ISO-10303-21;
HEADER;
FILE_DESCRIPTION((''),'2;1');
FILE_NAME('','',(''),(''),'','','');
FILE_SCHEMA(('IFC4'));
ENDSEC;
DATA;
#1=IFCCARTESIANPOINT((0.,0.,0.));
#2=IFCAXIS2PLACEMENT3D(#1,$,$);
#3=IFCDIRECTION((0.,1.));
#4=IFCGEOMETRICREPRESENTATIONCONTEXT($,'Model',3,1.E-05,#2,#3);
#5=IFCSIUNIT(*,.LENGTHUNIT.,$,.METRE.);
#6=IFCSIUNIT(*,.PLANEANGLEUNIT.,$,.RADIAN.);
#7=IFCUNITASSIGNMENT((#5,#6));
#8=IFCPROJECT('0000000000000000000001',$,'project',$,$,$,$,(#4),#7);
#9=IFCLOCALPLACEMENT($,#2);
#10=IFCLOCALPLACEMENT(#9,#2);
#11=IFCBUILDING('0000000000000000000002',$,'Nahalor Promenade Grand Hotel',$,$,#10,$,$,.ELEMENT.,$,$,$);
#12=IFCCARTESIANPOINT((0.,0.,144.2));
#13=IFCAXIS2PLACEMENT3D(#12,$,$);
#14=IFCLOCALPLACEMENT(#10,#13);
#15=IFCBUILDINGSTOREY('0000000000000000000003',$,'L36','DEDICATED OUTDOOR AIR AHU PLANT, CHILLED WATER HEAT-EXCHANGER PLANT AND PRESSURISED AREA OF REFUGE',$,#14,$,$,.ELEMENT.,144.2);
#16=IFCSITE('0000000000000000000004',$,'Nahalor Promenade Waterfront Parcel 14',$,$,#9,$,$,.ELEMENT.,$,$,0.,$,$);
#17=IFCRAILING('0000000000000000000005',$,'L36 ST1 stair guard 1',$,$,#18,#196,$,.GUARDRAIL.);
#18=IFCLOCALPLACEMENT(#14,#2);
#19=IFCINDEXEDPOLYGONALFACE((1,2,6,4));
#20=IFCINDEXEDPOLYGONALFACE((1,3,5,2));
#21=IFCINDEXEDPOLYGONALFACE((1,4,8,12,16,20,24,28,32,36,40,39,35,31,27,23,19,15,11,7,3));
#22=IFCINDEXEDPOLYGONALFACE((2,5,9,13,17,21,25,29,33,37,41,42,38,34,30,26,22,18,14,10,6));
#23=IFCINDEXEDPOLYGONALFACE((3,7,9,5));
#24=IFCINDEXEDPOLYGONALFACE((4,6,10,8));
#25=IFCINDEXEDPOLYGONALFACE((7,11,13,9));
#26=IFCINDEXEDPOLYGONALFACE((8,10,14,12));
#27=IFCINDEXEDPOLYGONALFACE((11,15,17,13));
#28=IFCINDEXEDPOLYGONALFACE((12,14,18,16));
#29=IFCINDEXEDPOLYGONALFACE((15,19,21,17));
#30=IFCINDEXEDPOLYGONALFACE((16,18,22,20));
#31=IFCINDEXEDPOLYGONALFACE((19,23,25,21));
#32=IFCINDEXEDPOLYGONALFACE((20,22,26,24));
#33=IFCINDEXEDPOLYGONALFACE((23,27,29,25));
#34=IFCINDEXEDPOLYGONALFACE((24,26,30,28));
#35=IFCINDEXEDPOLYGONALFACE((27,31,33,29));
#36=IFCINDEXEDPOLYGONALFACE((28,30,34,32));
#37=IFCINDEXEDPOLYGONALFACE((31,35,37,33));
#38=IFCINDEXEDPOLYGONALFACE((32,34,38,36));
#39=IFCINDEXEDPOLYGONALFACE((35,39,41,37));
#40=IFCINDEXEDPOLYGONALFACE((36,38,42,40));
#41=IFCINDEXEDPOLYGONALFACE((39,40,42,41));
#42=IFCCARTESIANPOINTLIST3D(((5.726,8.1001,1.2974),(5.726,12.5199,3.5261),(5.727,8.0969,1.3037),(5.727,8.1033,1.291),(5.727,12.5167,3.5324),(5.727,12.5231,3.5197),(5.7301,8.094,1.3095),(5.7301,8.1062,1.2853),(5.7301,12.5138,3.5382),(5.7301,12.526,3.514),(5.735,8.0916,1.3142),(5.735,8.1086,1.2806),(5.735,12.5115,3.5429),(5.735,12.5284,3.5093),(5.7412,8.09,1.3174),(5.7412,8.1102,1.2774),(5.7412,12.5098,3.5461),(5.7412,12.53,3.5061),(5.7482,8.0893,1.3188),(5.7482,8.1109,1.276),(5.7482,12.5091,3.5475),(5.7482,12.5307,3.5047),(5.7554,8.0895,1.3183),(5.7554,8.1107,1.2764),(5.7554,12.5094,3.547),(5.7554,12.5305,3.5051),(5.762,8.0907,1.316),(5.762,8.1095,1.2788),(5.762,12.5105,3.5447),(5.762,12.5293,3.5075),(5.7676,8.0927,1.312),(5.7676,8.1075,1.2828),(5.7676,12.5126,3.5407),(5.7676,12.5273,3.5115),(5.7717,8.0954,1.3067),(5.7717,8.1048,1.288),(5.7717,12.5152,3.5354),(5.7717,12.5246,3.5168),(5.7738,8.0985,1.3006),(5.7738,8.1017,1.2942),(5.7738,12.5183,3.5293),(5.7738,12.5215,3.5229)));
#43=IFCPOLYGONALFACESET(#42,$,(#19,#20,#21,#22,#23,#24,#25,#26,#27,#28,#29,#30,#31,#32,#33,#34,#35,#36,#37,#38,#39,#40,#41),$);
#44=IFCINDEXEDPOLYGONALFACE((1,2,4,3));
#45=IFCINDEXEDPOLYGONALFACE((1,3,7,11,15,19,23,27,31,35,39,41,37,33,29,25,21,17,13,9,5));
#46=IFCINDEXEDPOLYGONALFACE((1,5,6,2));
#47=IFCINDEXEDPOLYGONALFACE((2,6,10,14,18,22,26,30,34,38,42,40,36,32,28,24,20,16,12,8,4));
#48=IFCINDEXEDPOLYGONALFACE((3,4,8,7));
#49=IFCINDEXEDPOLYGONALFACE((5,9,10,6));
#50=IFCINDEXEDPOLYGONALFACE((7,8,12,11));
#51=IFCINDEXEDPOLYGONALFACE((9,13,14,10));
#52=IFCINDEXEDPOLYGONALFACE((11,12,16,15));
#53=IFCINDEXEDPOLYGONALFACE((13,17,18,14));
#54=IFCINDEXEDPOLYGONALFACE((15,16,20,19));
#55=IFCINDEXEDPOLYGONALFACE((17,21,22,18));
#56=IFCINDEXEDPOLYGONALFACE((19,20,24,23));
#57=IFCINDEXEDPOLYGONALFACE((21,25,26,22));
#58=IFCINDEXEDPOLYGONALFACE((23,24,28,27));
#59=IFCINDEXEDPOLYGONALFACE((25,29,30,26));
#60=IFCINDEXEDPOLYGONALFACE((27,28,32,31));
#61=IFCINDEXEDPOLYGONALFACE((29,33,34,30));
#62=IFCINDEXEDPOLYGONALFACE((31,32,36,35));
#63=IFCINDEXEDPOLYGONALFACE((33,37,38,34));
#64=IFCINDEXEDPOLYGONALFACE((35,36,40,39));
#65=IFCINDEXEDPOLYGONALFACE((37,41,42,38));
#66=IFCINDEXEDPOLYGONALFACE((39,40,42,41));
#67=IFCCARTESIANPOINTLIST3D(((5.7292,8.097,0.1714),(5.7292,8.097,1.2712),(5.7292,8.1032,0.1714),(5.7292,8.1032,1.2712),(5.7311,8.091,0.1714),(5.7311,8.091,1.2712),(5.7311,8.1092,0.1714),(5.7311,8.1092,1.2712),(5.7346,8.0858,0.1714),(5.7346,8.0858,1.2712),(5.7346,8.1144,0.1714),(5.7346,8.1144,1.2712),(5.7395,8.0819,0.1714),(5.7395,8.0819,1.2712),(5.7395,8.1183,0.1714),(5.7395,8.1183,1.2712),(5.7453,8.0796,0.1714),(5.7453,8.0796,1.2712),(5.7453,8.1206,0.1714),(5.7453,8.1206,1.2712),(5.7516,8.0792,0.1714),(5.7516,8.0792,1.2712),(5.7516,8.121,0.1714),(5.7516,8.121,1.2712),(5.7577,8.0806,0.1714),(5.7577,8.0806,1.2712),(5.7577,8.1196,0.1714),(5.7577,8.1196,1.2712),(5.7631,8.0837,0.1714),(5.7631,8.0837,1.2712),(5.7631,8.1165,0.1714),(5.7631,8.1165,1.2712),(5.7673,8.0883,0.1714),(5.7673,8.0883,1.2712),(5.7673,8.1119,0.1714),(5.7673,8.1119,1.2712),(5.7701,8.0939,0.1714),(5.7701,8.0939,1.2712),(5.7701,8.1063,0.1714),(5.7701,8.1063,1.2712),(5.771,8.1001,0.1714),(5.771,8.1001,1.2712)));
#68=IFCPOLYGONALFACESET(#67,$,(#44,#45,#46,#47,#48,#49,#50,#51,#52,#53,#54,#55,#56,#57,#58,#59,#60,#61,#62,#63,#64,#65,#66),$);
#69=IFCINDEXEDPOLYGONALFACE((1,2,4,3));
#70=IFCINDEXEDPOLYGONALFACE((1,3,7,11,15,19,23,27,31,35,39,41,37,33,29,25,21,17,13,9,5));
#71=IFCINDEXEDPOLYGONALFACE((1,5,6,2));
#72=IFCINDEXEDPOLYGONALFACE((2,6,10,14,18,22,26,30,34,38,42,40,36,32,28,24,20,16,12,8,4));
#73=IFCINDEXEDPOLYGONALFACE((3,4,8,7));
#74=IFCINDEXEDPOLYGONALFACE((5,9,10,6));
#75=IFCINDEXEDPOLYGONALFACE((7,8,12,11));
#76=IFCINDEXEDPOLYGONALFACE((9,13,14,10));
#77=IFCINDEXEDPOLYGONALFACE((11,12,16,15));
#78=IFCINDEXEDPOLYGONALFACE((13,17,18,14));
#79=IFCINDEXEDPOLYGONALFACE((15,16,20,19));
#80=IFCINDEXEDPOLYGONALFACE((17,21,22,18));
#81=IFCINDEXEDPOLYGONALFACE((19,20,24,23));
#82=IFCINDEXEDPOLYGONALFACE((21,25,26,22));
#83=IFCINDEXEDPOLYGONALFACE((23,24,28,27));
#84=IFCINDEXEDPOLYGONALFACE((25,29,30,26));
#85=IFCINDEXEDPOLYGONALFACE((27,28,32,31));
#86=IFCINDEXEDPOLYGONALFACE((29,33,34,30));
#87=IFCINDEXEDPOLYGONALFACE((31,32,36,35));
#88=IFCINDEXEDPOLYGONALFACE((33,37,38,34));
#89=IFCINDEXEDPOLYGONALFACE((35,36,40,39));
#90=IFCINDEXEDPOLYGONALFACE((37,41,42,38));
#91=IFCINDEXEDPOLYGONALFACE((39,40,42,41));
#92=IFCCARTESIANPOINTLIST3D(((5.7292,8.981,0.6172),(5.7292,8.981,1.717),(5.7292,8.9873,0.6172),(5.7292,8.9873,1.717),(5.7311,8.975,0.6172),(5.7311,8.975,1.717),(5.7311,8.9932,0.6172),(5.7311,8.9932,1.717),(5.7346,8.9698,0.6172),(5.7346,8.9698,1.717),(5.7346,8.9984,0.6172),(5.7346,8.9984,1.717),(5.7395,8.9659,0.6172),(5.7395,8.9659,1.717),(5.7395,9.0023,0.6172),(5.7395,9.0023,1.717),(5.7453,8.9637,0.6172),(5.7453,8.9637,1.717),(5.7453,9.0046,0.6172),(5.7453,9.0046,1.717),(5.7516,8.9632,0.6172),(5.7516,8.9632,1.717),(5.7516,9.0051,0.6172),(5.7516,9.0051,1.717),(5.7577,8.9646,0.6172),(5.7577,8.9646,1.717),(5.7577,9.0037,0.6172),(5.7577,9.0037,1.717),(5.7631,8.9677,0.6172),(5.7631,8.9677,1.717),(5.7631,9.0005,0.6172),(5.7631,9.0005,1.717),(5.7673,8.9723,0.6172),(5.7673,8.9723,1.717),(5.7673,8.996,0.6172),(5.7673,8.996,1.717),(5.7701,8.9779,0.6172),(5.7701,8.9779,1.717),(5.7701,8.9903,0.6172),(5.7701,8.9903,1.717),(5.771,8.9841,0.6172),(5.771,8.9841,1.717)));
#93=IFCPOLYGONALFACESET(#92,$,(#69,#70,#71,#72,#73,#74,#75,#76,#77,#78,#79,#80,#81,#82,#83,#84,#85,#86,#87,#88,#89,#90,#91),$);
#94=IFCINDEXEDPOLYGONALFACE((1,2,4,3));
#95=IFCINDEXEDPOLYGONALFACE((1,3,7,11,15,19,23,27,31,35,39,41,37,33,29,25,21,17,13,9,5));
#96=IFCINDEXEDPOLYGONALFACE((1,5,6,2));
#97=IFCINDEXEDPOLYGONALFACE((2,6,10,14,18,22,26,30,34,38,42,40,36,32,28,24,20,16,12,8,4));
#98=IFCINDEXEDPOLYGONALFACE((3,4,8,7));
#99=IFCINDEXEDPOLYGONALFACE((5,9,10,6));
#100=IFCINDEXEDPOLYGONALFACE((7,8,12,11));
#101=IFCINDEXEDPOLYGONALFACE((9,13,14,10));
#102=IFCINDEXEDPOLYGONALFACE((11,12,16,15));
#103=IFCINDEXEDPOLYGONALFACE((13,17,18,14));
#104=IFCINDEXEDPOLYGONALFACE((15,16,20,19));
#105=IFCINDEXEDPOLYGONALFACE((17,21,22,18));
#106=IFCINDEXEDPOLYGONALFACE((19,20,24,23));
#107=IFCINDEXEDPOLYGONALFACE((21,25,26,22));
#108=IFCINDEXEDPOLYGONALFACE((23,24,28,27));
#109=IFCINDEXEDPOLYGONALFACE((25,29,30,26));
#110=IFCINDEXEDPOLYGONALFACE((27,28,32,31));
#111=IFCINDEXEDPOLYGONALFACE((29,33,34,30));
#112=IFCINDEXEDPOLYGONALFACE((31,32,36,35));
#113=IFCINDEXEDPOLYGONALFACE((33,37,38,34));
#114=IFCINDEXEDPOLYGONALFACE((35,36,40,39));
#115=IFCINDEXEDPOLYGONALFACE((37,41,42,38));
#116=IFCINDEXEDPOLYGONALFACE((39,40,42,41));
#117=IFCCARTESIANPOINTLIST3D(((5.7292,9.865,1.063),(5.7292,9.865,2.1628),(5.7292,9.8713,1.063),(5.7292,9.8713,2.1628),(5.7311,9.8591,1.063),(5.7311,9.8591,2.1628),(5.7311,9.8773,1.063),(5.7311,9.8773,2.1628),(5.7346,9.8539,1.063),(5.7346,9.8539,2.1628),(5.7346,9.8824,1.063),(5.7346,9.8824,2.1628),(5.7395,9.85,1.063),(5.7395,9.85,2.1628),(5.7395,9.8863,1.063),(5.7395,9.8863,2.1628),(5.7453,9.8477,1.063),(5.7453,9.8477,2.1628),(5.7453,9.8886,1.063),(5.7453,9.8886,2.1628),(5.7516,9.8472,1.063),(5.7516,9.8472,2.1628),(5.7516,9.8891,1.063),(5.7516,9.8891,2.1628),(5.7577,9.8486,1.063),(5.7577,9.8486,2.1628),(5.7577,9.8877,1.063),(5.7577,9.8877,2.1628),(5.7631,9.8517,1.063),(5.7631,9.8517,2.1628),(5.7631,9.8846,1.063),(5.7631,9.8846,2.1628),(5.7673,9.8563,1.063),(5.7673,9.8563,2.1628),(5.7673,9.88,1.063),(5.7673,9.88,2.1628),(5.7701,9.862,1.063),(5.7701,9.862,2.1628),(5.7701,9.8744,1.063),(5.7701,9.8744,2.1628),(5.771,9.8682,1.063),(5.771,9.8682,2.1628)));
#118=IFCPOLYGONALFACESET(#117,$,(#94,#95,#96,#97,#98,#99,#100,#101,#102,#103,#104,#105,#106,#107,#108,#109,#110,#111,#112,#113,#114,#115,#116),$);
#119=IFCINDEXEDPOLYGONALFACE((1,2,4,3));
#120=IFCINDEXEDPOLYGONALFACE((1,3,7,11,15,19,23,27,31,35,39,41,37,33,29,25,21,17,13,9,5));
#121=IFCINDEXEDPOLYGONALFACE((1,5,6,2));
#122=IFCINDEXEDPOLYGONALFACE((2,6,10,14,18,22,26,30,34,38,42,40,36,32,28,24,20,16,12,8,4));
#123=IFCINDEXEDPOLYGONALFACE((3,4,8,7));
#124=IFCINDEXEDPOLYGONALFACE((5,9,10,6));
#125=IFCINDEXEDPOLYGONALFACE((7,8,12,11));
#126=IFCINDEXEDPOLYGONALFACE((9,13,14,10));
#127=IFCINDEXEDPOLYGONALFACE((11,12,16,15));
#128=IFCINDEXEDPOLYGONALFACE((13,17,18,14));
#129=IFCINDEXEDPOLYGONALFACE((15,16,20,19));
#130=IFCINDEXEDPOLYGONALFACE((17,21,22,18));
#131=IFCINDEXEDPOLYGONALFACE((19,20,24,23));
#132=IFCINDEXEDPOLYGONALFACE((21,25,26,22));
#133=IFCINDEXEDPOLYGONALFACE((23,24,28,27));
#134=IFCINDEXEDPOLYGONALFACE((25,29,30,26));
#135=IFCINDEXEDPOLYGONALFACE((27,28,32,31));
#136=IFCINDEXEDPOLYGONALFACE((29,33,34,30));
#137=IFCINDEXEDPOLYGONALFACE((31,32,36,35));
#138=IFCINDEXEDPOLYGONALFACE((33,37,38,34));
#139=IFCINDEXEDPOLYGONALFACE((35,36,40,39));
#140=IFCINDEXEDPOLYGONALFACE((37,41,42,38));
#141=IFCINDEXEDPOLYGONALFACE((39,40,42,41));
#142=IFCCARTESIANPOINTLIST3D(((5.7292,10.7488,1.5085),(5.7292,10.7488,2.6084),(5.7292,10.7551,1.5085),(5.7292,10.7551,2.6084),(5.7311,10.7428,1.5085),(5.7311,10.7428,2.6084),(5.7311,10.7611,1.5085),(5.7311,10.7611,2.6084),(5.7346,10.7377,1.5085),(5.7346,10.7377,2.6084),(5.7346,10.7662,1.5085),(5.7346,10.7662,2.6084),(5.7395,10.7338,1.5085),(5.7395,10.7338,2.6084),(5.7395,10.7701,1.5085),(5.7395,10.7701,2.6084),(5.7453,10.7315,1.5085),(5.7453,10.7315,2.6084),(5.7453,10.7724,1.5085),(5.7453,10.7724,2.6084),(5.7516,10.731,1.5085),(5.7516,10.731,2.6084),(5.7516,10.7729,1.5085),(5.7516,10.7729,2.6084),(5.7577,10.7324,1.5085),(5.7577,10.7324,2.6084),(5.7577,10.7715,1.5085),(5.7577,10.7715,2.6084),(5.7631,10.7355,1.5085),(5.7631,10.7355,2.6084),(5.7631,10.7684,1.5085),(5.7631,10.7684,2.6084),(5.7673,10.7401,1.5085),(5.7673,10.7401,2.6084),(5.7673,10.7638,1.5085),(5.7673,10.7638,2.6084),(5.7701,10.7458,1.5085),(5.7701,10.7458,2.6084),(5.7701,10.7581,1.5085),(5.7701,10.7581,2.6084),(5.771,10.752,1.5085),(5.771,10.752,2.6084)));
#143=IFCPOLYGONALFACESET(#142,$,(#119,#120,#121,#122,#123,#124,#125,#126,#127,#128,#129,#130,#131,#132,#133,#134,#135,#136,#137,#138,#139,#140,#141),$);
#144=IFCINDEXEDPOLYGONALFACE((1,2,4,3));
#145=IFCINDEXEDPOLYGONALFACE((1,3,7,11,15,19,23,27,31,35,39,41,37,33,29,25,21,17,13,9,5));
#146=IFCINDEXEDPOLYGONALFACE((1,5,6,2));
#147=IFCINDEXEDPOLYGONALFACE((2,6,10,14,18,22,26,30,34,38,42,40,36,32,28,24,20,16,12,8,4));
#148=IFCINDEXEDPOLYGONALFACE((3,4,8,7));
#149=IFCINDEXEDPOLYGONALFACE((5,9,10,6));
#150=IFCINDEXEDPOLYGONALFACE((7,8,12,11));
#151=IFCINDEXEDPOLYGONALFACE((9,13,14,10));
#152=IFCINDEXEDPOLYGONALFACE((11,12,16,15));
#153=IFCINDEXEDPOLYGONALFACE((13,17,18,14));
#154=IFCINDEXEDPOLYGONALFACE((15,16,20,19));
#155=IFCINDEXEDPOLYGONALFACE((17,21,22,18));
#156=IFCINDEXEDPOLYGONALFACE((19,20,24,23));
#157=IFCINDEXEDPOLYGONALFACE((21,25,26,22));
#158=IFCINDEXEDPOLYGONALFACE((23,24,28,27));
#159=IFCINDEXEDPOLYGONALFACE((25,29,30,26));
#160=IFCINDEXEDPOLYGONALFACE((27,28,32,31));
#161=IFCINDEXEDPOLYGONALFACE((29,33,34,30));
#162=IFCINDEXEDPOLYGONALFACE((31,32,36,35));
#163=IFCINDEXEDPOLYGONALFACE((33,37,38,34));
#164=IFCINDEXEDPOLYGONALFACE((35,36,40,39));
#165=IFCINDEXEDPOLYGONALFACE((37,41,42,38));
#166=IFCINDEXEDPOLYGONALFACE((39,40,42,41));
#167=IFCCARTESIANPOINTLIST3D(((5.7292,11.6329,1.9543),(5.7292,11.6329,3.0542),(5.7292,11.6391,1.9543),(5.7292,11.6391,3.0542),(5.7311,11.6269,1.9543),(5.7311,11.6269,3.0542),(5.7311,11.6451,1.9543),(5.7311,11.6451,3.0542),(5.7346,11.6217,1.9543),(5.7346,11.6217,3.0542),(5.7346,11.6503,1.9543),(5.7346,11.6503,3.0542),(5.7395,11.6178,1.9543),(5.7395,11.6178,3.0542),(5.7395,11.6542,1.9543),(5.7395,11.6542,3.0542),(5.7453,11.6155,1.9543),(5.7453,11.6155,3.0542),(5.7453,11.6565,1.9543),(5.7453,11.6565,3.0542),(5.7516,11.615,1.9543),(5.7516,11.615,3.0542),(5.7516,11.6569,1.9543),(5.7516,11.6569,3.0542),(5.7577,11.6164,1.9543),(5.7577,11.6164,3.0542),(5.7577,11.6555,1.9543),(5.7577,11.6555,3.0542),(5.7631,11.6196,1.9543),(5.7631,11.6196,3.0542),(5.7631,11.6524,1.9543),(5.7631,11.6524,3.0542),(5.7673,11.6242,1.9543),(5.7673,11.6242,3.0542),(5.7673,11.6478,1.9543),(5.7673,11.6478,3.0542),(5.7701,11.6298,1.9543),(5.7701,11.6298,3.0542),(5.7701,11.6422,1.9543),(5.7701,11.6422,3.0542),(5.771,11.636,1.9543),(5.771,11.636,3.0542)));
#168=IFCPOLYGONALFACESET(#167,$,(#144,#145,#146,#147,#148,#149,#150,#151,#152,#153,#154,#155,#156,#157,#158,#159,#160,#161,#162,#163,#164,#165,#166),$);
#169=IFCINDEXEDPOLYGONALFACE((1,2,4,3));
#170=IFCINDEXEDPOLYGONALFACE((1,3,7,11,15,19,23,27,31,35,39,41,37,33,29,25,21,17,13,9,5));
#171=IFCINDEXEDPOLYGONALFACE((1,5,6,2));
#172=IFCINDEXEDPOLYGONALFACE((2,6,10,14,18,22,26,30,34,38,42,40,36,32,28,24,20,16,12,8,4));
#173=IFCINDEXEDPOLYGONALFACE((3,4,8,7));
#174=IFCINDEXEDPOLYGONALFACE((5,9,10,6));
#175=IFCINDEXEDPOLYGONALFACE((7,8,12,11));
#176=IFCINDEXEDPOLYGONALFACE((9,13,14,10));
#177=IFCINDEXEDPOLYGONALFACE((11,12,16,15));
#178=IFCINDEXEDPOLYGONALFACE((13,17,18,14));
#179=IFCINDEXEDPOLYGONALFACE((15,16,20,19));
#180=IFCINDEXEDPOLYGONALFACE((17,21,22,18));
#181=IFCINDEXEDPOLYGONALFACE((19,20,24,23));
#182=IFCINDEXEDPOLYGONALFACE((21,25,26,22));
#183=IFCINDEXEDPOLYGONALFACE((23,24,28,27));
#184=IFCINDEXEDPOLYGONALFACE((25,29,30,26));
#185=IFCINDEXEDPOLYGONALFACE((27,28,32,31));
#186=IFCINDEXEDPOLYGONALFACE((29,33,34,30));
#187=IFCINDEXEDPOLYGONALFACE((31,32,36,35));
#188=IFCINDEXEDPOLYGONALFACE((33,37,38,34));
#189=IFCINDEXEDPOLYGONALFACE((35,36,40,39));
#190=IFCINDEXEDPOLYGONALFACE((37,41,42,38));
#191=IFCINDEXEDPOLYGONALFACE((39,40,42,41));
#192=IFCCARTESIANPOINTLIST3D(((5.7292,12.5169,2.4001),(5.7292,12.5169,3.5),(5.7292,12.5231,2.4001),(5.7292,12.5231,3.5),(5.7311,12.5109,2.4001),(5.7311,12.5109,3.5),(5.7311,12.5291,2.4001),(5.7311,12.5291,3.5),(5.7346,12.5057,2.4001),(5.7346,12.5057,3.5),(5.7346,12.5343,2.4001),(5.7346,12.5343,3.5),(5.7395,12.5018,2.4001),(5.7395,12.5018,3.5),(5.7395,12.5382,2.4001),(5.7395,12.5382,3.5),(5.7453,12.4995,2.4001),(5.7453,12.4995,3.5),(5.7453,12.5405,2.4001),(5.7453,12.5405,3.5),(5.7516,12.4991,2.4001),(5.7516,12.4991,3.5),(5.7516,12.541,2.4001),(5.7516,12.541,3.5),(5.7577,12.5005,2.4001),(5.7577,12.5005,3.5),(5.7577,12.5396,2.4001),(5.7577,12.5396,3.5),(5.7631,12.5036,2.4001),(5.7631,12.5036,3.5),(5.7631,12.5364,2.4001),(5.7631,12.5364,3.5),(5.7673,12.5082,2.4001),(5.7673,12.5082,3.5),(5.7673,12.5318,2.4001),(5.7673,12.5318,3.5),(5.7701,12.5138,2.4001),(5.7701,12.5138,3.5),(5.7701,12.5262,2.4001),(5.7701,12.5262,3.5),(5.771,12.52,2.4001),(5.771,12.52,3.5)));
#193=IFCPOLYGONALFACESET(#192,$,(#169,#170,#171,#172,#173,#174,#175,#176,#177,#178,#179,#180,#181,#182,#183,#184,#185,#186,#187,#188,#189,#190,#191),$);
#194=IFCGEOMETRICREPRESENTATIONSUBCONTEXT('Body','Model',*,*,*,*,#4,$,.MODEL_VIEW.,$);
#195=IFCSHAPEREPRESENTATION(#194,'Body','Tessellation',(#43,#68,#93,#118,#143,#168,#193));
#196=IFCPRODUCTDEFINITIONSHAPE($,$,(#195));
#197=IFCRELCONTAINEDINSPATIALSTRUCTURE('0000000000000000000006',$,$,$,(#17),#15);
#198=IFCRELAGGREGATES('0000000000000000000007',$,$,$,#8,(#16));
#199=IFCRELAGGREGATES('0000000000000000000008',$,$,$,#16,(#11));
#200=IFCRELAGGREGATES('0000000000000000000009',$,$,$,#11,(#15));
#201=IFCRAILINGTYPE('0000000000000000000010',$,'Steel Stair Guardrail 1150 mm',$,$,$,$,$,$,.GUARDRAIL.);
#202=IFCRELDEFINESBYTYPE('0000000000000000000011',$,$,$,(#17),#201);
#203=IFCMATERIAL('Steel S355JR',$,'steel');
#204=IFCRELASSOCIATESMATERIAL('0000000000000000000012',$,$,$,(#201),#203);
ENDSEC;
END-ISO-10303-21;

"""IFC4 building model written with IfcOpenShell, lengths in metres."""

from ifc_helpers import new_model, si_unit, direction, frame, origin, origin_2d, place, context, subcontext, project, spatial, circle, extrude, material, type_object, element, save


model = new_model("IFC4")

# Units and contexts
model_context = context("Model", 3, precision=1e-05, world=origin(), true_north=direction((0.0, 1.0)))
body_context = subcontext(model_context, "Body", "Model", "MODEL_VIEW")
ifc_project = project(units=[si_unit("LENGTHUNIT", "METRE"), si_unit("PLANEANGLEUNIT", "RADIAN")], contexts=[model_context])

# Site, building, storey
site_placement = place(None, origin())
site = spatial("IfcSite", under=ifc_project, at=site_placement, Name="Nahalor Promenade Waterfront Parcel 14", CompositionType="ELEMENT", RefElevation=0.0)
building_placement = place(site_placement, origin())
building = spatial("IfcBuilding", under=site, at=building_placement, Name="Nahalor Promenade Grand Hotel", CompositionType="ELEMENT")
storey_placement = place(building_placement, frame((0.0, 0.0, 144.2)))
storey = spatial("IfcBuildingStorey", under=building, at=storey_placement, Name="L36", Description="DEDICATED OUTDOOR AIR AHU PLANT, CHILLED WATER HEAT-EXCHANGER PLANT AND PRESSURISED AREA OF REFUGE", CompositionType="ELEMENT", Elevation=144.2)

# Shared definitions
ifc_material_1 = material(Name="Steel S355JR", Category="steel")

# Railing
railing_type_1 = type_object("IfcRailingType", Name="Steel Stair Guardrail 1150 mm", PredefinedType="GUARDRAIL", material=ifc_material_1)
railing_1_placement = place(storey_placement, frame((5.75, 8.1001, 0.1714)))
element("IfcRailing", 1, at=railing_1_placement, inside=storey, type_object=railing_type_1, Name="L36 ST1 stair guard 1", PredefinedType="GUARDRAIL", context=body_context, shape_type="SweptSolid", body=[
    extrude(circle(Radius=0.024, at=origin_2d()), frame((0.0, 0.0, 1.126), z_axis=(0.0, 0.892903, 0.450249), x_axis=(-1.0, 0.0, 0.0)), (0.0, 0.0, 1.0), 4.95),
    extrude(circle(Radius=0.021, at=origin_2d()), origin(), (0.0, 0.0, 1.0), 1.0999),
    extrude(circle(Radius=0.021, at=origin_2d()), frame((0.0, 0.884, 0.4458)), (0.0, 0.0, 1.0), 1.0999),
    extrude(circle(Radius=0.021, at=origin_2d()), frame((0.0, 1.7681, 0.8916)), (0.0, 0.0, 1.0), 1.0999),
    extrude(circle(Radius=0.021, at=origin_2d()), frame((0.0, 2.6519, 1.3372)), (0.0, 0.0, 1.0), 1.0999),
    extrude(circle(Radius=0.021, at=origin_2d()), frame((0.0, 3.5359, 1.783)), (0.0, 0.0, 1.0), 1.0999),
    extrude(circle(Radius=0.021, at=origin_2d()), frame((0.0, 4.4199, 2.2288)), (0.0, 0.0, 1.0), 1.0999),
])

save(model, "model.ifc")
